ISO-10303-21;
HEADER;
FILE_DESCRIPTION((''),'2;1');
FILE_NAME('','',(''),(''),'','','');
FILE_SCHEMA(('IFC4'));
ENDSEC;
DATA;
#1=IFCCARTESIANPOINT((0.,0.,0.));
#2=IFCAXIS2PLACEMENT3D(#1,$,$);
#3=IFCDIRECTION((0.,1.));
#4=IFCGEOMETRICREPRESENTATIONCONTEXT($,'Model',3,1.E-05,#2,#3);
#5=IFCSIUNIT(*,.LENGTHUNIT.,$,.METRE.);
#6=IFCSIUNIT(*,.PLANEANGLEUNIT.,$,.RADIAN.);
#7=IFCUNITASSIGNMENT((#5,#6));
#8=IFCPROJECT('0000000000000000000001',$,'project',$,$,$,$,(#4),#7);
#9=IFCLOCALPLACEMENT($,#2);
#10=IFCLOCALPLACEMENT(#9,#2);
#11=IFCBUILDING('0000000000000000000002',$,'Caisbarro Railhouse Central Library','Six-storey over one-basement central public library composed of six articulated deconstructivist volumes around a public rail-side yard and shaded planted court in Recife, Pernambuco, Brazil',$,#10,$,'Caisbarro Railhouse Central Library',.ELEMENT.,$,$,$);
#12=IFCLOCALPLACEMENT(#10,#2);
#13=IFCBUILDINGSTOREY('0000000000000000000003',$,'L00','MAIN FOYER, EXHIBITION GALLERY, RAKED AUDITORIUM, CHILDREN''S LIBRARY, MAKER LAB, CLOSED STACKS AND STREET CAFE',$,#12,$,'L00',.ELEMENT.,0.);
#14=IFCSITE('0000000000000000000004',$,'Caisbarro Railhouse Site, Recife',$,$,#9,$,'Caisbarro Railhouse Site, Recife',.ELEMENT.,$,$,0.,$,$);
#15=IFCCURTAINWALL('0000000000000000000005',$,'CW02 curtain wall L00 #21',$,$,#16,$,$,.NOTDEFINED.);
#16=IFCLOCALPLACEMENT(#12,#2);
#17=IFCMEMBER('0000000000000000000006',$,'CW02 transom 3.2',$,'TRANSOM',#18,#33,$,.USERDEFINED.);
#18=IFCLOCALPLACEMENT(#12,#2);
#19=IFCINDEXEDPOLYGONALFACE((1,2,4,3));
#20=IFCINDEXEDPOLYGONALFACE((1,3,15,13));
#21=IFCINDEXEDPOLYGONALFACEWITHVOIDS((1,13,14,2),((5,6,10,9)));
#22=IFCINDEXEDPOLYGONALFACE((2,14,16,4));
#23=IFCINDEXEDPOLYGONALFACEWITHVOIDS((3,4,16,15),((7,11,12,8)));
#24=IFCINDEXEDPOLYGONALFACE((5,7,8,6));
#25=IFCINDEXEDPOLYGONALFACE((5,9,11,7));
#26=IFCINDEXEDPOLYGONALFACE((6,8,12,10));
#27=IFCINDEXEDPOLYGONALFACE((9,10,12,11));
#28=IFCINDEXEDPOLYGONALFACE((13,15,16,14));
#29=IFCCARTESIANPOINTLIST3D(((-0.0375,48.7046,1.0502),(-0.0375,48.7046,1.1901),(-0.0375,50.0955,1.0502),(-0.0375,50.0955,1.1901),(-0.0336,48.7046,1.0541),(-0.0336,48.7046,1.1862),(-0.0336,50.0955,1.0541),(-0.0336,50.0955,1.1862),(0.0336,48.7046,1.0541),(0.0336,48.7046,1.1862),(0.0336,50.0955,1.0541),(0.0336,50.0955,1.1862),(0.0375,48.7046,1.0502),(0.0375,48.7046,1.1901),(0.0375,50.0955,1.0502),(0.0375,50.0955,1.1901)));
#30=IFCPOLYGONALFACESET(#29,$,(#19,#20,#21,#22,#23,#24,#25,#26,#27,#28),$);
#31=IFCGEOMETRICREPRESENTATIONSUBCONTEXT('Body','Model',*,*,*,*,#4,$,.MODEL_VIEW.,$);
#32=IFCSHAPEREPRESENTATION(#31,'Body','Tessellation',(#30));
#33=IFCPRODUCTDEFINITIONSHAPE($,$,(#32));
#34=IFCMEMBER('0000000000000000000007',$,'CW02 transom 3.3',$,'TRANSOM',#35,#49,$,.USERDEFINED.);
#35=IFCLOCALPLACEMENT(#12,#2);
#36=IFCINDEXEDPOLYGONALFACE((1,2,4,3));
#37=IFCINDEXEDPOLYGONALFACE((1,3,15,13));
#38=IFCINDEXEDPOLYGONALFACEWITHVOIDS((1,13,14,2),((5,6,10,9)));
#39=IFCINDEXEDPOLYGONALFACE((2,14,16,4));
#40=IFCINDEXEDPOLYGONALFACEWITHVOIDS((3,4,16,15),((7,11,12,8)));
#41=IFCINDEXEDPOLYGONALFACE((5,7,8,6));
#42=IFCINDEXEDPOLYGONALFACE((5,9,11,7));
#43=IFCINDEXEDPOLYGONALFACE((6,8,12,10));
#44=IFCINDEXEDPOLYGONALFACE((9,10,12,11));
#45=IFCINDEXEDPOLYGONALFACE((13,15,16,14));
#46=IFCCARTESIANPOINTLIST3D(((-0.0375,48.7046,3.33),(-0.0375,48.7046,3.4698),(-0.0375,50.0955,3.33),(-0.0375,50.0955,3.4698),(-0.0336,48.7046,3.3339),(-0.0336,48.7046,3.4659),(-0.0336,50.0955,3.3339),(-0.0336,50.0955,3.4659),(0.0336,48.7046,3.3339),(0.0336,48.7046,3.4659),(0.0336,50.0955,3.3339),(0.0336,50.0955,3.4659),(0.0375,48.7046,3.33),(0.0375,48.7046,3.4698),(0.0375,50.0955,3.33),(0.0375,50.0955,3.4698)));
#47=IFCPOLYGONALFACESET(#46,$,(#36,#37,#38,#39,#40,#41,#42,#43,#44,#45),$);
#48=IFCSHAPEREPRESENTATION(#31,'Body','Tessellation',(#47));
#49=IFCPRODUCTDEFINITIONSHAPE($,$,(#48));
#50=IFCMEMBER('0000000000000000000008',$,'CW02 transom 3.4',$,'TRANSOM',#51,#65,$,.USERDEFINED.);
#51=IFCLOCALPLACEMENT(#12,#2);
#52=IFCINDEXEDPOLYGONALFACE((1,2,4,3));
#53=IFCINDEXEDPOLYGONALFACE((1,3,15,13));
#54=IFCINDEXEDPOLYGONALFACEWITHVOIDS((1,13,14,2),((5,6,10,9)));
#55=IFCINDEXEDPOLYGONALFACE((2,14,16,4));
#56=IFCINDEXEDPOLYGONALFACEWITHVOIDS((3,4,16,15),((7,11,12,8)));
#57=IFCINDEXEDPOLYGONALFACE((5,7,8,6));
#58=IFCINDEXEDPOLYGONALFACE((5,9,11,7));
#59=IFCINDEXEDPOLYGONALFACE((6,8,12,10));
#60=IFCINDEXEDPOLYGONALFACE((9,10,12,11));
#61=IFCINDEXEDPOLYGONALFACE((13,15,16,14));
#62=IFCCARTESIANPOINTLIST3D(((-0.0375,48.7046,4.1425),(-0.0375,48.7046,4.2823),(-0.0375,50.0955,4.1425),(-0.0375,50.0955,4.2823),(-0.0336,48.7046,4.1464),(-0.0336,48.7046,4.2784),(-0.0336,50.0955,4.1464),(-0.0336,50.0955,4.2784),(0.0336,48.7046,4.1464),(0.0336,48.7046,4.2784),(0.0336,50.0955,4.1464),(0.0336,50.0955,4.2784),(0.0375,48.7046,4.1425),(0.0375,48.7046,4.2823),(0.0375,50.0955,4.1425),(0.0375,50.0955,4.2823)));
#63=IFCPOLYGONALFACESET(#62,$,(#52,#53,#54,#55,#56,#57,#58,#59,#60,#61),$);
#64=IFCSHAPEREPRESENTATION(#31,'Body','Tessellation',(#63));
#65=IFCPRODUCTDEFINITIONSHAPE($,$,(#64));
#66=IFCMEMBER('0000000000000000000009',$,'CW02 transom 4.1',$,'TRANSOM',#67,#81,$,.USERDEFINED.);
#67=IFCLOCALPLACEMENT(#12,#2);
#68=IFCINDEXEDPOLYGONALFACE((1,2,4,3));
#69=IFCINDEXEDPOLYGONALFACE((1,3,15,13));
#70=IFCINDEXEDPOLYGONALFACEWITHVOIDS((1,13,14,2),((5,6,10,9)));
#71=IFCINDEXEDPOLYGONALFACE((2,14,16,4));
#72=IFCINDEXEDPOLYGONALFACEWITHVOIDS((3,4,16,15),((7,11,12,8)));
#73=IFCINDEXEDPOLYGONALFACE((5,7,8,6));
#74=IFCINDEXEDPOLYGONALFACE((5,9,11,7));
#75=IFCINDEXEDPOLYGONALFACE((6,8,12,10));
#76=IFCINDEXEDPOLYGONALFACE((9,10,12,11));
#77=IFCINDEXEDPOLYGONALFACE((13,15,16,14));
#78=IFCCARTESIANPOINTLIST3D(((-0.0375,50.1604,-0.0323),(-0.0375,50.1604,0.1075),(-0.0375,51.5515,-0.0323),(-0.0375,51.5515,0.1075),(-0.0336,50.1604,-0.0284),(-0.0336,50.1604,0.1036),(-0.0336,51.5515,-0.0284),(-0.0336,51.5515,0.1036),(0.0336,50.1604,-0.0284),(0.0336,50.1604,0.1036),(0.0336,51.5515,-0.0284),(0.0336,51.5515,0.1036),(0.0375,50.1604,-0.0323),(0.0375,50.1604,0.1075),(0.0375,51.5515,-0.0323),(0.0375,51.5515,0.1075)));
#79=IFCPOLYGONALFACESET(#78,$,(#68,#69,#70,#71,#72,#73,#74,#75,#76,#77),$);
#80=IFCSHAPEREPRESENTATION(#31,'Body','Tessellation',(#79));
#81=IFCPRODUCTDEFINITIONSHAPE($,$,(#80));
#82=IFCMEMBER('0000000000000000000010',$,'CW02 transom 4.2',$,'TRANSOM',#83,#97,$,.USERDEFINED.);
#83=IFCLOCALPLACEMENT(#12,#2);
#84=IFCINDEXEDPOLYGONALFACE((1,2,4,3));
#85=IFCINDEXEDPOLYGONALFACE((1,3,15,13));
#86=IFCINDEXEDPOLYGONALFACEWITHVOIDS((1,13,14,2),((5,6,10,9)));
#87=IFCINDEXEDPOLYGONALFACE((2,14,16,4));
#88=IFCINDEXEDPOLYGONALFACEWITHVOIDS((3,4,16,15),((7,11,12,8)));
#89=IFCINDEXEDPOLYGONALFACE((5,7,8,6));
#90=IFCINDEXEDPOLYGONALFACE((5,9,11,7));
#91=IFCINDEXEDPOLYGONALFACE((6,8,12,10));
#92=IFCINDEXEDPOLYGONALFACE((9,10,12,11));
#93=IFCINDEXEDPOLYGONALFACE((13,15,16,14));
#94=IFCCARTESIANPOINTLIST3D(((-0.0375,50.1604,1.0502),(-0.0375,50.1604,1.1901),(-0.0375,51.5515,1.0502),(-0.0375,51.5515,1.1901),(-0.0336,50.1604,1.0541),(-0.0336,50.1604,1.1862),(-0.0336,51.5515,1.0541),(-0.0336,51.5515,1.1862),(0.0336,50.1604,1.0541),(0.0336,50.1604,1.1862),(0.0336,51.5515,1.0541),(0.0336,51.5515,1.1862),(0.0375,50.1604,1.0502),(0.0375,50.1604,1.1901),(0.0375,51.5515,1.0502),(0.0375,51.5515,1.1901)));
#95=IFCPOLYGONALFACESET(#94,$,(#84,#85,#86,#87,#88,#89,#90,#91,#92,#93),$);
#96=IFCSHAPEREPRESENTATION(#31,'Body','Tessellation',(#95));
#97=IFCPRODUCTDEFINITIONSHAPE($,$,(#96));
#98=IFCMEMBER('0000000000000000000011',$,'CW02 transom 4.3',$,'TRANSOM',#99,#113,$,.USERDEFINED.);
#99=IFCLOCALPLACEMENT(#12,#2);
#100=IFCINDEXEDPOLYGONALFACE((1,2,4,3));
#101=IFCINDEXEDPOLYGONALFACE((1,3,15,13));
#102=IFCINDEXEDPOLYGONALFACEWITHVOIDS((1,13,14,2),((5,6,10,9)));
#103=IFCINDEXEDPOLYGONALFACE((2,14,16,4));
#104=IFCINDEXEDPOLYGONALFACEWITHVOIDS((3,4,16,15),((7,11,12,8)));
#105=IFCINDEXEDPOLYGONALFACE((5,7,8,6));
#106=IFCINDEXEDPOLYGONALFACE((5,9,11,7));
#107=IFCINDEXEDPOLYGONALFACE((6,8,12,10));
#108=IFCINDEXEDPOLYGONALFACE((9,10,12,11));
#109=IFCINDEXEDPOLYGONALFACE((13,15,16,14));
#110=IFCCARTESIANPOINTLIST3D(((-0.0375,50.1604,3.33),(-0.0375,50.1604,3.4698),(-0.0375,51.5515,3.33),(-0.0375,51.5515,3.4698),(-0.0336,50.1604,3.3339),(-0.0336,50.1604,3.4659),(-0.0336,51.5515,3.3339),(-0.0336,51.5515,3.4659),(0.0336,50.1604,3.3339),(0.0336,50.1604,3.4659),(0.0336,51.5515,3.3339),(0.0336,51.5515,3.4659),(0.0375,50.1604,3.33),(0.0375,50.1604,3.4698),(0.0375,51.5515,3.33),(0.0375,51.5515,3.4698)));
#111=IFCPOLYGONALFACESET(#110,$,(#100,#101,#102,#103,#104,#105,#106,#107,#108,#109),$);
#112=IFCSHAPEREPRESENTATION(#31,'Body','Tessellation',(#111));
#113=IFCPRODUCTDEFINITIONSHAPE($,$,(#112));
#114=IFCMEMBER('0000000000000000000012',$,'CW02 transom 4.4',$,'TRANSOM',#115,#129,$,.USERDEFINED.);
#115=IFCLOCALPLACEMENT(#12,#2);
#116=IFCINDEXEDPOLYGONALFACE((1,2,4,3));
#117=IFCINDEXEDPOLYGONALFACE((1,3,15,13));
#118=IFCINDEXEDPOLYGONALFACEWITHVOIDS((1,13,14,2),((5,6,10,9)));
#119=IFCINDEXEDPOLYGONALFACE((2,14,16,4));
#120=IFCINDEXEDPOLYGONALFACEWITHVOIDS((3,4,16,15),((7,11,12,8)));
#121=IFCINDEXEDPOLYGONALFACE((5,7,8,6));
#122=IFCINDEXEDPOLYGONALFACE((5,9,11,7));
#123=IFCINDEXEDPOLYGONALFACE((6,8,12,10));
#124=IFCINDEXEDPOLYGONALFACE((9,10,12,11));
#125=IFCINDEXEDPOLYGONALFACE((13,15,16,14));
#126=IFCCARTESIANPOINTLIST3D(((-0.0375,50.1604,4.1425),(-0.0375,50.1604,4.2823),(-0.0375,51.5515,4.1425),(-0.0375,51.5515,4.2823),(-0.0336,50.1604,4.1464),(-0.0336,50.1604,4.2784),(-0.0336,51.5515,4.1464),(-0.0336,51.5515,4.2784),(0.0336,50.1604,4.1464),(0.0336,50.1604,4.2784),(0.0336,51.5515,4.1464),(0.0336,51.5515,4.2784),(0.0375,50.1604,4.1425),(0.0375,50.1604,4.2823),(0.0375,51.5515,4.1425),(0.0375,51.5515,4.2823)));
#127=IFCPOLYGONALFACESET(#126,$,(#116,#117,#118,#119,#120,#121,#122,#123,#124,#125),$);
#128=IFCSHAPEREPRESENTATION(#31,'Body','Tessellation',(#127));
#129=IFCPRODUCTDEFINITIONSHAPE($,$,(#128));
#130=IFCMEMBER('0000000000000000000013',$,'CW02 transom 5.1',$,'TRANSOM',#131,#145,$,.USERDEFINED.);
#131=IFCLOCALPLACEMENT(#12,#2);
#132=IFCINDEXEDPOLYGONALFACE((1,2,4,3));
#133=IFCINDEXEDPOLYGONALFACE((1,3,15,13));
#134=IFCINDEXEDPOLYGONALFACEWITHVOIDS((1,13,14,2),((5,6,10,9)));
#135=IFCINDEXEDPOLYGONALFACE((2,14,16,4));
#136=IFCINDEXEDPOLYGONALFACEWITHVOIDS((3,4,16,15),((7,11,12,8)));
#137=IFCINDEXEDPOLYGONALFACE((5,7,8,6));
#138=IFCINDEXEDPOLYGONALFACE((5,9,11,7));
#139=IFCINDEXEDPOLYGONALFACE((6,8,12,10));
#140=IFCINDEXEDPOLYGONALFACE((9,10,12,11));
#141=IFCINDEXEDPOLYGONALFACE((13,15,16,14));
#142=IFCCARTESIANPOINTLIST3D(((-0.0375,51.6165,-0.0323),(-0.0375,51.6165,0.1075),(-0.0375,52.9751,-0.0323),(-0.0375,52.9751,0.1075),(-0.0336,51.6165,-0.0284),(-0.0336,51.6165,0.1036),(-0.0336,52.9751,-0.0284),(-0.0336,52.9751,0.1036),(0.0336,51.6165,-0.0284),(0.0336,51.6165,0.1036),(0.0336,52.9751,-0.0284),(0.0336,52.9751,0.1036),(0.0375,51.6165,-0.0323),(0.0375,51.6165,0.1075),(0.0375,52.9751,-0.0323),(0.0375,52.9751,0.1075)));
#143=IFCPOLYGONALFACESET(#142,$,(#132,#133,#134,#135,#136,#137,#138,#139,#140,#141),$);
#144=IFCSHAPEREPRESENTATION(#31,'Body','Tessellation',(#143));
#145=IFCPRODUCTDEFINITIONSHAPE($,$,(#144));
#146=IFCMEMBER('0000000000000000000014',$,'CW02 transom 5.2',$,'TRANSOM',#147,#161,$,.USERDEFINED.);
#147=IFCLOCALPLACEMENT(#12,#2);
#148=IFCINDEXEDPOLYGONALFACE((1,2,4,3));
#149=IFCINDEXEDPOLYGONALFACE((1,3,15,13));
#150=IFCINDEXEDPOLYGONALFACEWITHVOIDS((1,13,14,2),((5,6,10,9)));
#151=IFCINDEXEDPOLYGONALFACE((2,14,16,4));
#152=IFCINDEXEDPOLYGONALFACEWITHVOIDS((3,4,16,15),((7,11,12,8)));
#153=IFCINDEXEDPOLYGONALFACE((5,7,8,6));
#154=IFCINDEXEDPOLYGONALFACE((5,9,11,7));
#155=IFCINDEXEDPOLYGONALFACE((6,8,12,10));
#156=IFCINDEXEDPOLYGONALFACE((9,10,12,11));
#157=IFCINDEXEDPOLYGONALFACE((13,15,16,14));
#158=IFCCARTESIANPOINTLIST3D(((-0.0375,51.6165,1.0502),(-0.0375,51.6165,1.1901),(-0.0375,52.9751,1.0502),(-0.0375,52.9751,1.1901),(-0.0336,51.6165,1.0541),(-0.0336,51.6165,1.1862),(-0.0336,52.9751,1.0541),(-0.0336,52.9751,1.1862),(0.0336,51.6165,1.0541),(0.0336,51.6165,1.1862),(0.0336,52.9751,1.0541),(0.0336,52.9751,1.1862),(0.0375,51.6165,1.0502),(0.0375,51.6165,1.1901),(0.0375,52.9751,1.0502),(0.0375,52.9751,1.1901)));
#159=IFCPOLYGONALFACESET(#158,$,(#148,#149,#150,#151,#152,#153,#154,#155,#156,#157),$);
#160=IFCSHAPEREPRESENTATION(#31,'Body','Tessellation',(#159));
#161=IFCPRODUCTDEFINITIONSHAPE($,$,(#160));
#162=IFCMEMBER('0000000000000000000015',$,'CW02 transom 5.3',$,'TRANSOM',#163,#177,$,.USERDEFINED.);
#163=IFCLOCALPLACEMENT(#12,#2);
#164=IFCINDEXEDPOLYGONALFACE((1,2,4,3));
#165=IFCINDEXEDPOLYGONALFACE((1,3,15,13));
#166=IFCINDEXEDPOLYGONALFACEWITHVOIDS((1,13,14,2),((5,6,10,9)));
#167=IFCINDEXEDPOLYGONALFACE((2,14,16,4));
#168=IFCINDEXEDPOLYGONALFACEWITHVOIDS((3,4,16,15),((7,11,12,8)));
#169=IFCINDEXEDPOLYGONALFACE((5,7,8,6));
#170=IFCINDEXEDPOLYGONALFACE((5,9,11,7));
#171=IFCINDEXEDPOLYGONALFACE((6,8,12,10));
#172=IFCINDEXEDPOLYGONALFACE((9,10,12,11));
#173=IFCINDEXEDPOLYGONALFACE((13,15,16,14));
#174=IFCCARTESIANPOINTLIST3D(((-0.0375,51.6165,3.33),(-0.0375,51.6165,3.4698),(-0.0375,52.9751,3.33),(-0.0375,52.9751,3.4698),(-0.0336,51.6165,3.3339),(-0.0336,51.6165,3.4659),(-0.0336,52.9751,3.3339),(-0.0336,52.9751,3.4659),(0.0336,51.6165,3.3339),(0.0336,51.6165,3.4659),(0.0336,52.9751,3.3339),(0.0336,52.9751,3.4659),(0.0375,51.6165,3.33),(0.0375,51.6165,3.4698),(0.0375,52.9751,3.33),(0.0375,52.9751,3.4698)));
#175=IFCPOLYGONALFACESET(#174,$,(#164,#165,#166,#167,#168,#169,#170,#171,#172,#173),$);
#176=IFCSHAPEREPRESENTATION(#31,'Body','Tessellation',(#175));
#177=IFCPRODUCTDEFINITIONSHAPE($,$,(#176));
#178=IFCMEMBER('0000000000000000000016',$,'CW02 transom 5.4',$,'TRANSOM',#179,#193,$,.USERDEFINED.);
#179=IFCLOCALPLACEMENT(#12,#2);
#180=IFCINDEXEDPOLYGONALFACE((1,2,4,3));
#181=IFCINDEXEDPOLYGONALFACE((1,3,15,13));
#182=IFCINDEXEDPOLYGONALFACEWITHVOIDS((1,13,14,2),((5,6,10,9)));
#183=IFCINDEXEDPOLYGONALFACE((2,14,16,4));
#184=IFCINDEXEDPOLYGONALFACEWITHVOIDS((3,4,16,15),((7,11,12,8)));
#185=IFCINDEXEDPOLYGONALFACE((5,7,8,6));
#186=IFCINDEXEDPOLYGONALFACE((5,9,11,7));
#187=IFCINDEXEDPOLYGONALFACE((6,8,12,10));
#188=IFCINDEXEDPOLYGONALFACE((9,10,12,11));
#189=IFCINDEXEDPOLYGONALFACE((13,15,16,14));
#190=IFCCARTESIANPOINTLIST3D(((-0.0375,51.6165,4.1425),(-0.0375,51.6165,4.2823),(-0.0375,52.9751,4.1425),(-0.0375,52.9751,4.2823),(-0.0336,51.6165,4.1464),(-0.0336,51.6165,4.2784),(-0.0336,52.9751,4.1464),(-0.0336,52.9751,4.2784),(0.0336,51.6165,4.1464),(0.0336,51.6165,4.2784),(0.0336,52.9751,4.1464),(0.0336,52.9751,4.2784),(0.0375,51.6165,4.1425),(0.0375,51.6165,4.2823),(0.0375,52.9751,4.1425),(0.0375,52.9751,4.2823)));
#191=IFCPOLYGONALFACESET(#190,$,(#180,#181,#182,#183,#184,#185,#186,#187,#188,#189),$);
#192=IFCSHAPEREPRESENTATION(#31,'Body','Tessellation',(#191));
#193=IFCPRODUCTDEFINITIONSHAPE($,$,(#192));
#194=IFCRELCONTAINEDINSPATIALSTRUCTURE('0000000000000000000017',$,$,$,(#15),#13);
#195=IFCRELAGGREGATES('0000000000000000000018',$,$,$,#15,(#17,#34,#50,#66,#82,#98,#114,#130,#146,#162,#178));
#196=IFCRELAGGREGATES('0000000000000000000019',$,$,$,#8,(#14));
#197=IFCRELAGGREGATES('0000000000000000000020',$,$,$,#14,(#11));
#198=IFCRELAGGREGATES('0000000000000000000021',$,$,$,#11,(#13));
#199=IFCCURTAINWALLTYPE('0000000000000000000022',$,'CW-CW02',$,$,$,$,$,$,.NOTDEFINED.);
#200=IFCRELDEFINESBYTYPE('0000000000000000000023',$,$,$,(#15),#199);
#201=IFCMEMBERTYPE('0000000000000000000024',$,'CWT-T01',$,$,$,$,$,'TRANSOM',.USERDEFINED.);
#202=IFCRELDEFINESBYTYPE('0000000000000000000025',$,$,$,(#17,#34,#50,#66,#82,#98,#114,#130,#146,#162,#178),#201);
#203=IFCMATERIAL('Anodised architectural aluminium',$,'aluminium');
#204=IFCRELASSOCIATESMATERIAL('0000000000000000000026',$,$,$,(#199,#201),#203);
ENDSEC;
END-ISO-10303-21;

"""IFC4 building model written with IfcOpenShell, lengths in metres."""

from ifc_helpers import new_model, si_unit, direction, frame, origin, origin_2d, place, context, subcontext, project, spatial, hollow_rectangle, extrude, material, material_profile, profile_set, type_object, element, aggregate, save


model = new_model("IFC4")

# Units and contexts
model_context = context("Model", 3, precision=1e-05, world=origin(), true_north=direction((0.0, 1.0)))
body_context = subcontext(model_context, "Body", "Model", "MODEL_VIEW")
ifc_project = project(units=[si_unit("LENGTHUNIT", "METRE"), si_unit("PLANEANGLEUNIT", "RADIAN")], contexts=[model_context])

# Site, building, storey
site_placement = place(None, origin())
site = spatial("IfcSite", under=ifc_project, at=site_placement, Name="Caisbarro Railhouse Site, Recife", LongName="Caisbarro Railhouse Site, Recife", CompositionType="ELEMENT", RefElevation=0.0)
building_placement = place(site_placement, origin())
building = spatial("IfcBuilding", under=site, at=building_placement, Name="Caisbarro Railhouse Central Library", Description="Six-storey over one-basement central public library composed of six articulated deconstructivist volumes around a public rail-side yard and shaded planted court in Recife, Pernambuco, Brazil", LongName="Caisbarro Railhouse Central Library", CompositionType="ELEMENT")
storey_placement = place(building_placement, origin())
storey = spatial("IfcBuildingStorey", under=building, at=storey_placement, Name="L00", Description="MAIN FOYER, EXHIBITION GALLERY, RAKED AUDITORIUM, CHILDREN'S LIBRARY, MAKER LAB, CLOSED STACKS AND STREET CAFE", LongName="L00", CompositionType="ELEMENT", Elevation=0.0)

# Curtain wall, members
ifc_material_1 = material(Name="Anodised architectural aluminium", Category="aluminium")
curtain_wall_type = type_object("IfcCurtainWallType", Name="CW-CW02", PredefinedType="NOTDEFINED", material=ifc_material_1)
curtain_wall_placement = place(storey_placement, origin())
curtain_wall = element("IfcCurtainWall", 1, at=curtain_wall_placement, inside=storey, type_object=curtain_wall_type, Name="CW02 curtain wall L00 #21", PredefinedType="NOTDEFINED")
ifc_material_profile_1 = material_profile(ifc_material_1, hollow_rectangle(XDim=0.075, YDim=0.1399, WallThickness=0.0039, at=origin_2d()), Name="ALU-TRN-75X140")
ifc_profile_set_1 = profile_set([ifc_material_profile_1], Name="Anodised architectural aluminium")
member_type_1 = type_object("IfcMemberType", Name="CWT-T01", ElementType="TRANSOM", PredefinedType="USERDEFINED", material=ifc_profile_set_1)
member_1_placement = place(storey_placement, frame((0.0, 48.7046, 1.1201), z_axis=(0.0, 1.0, 0.0), x_axis=(-1.0, 0.0, 0.0)))
member_1 = element("IfcMember", 2, at=member_1_placement, type_object=member_type_1, Name="CW02 transom 3.2", ObjectType="TRANSOM", PredefinedType="USERDEFINED", context=body_context, shape_type="SweptSolid", body=[
    extrude(hollow_rectangle(XDim=0.075, YDim=0.1399, WallThickness=0.0039, at=origin_2d()), origin(), (0.0, 0.0, 1.0), 1.3909),
])
member_2_placement = place(storey_placement, frame((0.0, 48.7046, 3.3999), z_axis=(0.0, 1.0, 0.0), x_axis=(-1.0, 0.0, 0.0)))
member_2 = element("IfcMember", 3, at=member_2_placement, type_object=member_type_1, Name="CW02 transom 3.3", ObjectType="TRANSOM", PredefinedType="USERDEFINED", context=body_context, shape_type="SweptSolid", body=[
    extrude(hollow_rectangle(XDim=0.075, YDim=0.1399, WallThickness=0.0039, at=origin_2d()), origin(), (0.0, 0.0, 1.0), 1.3909),
])
member_3_placement = place(storey_placement, frame((0.0, 48.7046, 4.2124), z_axis=(0.0, 1.0, 0.0), x_axis=(-1.0, 0.0, 0.0)))
member_3 = element("IfcMember", 4, at=member_3_placement, type_object=member_type_1, Name="CW02 transom 3.4", ObjectType="TRANSOM", PredefinedType="USERDEFINED", context=body_context, shape_type="SweptSolid", body=[
    extrude(hollow_rectangle(XDim=0.075, YDim=0.1399, WallThickness=0.0039, at=origin_2d()), origin(), (0.0, 0.0, 1.0), 1.3909),
])
member_4_placement = place(storey_placement, frame((0.0, 50.1604, 0.0376), z_axis=(0.0, 1.0, 0.0), x_axis=(-1.0, 0.0, 0.0)))
member_4 = element("IfcMember", 5, at=member_4_placement, type_object=member_type_1, Name="CW02 transom 4.1", ObjectType="TRANSOM", PredefinedType="USERDEFINED", context=body_context, shape_type="SweptSolid", body=[
    extrude(hollow_rectangle(XDim=0.075, YDim=0.1399, WallThickness=0.0039, at=origin_2d()), origin(), (0.0, 0.0, 1.0), 1.3911),
])
member_5_placement = place(storey_placement, frame((0.0, 50.1604, 1.1201), z_axis=(0.0, 1.0, 0.0), x_axis=(-1.0, 0.0, 0.0)))
member_5 = element("IfcMember", 6, at=member_5_placement, type_object=member_type_1, Name="CW02 transom 4.2", ObjectType="TRANSOM", PredefinedType="USERDEFINED", context=body_context, shape_type="SweptSolid", body=[
    extrude(hollow_rectangle(XDim=0.075, YDim=0.1399, WallThickness=0.0039, at=origin_2d()), origin(), (0.0, 0.0, 1.0), 1.3911),
])
member_6_placement = place(storey_placement, frame((0.0, 50.1604, 3.3999), z_axis=(0.0, 1.0, 0.0), x_axis=(-1.0, 0.0, 0.0)))
member_6 = element("IfcMember", 7, at=member_6_placement, type_object=member_type_1, Name="CW02 transom 4.3", ObjectType="TRANSOM", PredefinedType="USERDEFINED", context=body_context, shape_type="SweptSolid", body=[
    extrude(hollow_rectangle(XDim=0.075, YDim=0.1399, WallThickness=0.0039, at=origin_2d()), origin(), (0.0, 0.0, 1.0), 1.3911),
])
member_7_placement = place(storey_placement, frame((0.0, 50.1604, 4.2124), z_axis=(0.0, 1.0, 0.0), x_axis=(-1.0, 0.0, 0.0)))
member_7 = element("IfcMember", 8, at=member_7_placement, type_object=member_type_1, Name="CW02 transom 4.4", ObjectType="TRANSOM", PredefinedType="USERDEFINED", context=body_context, shape_type="SweptSolid", body=[
    extrude(hollow_rectangle(XDim=0.075, YDim=0.1399, WallThickness=0.0039, at=origin_2d()), origin(), (0.0, 0.0, 1.0), 1.3911),
])
member_8_placement = place(storey_placement, frame((0.0, 51.6165, 0.0376), z_axis=(0.0, 1.0, 0.0), x_axis=(-1.0, 0.0, 0.0)))
member_8 = element("IfcMember", 9, at=member_8_placement, type_object=member_type_1, Name="CW02 transom 5.1", ObjectType="TRANSOM", PredefinedType="USERDEFINED", context=body_context, shape_type="SweptSolid", body=[
    extrude(hollow_rectangle(XDim=0.075, YDim=0.1399, WallThickness=0.0039, at=origin_2d()), origin(), (0.0, 0.0, 1.0), 1.3586),
])
member_9_placement = place(storey_placement, frame((0.0, 51.6165, 1.1201), z_axis=(0.0, 1.0, 0.0), x_axis=(-1.0, 0.0, 0.0)))
member_9 = element("IfcMember", 10, at=member_9_placement, type_object=member_type_1, Name="CW02 transom 5.2", ObjectType="TRANSOM", PredefinedType="USERDEFINED", context=body_context, shape_type="SweptSolid", body=[
    extrude(hollow_rectangle(XDim=0.075, YDim=0.1399, WallThickness=0.0039, at=origin_2d()), origin(), (0.0, 0.0, 1.0), 1.3586),
])
member_10_placement = place(storey_placement, frame((0.0, 51.6165, 3.3999), z_axis=(0.0, 1.0, 0.0), x_axis=(-1.0, 0.0, 0.0)))
member_10 = element("IfcMember", 11, at=member_10_placement, type_object=member_type_1, Name="CW02 transom 5.3", ObjectType="TRANSOM", PredefinedType="USERDEFINED", context=body_context, shape_type="SweptSolid", body=[
    extrude(hollow_rectangle(XDim=0.075, YDim=0.1399, WallThickness=0.0039, at=origin_2d()), origin(), (0.0, 0.0, 1.0), 1.3586),
])
member_11_placement = place(storey_placement, frame((0.0, 51.6165, 4.2124), z_axis=(0.0, 1.0, 0.0), x_axis=(-1.0, 0.0, 0.0)))
member_11 = element("IfcMember", 12, at=member_11_placement, type_object=member_type_1, Name="CW02 transom 5.4", ObjectType="TRANSOM", PredefinedType="USERDEFINED", context=body_context, shape_type="SweptSolid", body=[
    extrude(hollow_rectangle(XDim=0.075, YDim=0.1399, WallThickness=0.0039, at=origin_2d()), origin(), (0.0, 0.0, 1.0), 1.3586),
])
aggregate(curtain_wall, [member_1, member_2, member_3, member_4, member_5, member_6, member_7, member_8, member_9, member_10, member_11])

save(model, "model.ifc")
